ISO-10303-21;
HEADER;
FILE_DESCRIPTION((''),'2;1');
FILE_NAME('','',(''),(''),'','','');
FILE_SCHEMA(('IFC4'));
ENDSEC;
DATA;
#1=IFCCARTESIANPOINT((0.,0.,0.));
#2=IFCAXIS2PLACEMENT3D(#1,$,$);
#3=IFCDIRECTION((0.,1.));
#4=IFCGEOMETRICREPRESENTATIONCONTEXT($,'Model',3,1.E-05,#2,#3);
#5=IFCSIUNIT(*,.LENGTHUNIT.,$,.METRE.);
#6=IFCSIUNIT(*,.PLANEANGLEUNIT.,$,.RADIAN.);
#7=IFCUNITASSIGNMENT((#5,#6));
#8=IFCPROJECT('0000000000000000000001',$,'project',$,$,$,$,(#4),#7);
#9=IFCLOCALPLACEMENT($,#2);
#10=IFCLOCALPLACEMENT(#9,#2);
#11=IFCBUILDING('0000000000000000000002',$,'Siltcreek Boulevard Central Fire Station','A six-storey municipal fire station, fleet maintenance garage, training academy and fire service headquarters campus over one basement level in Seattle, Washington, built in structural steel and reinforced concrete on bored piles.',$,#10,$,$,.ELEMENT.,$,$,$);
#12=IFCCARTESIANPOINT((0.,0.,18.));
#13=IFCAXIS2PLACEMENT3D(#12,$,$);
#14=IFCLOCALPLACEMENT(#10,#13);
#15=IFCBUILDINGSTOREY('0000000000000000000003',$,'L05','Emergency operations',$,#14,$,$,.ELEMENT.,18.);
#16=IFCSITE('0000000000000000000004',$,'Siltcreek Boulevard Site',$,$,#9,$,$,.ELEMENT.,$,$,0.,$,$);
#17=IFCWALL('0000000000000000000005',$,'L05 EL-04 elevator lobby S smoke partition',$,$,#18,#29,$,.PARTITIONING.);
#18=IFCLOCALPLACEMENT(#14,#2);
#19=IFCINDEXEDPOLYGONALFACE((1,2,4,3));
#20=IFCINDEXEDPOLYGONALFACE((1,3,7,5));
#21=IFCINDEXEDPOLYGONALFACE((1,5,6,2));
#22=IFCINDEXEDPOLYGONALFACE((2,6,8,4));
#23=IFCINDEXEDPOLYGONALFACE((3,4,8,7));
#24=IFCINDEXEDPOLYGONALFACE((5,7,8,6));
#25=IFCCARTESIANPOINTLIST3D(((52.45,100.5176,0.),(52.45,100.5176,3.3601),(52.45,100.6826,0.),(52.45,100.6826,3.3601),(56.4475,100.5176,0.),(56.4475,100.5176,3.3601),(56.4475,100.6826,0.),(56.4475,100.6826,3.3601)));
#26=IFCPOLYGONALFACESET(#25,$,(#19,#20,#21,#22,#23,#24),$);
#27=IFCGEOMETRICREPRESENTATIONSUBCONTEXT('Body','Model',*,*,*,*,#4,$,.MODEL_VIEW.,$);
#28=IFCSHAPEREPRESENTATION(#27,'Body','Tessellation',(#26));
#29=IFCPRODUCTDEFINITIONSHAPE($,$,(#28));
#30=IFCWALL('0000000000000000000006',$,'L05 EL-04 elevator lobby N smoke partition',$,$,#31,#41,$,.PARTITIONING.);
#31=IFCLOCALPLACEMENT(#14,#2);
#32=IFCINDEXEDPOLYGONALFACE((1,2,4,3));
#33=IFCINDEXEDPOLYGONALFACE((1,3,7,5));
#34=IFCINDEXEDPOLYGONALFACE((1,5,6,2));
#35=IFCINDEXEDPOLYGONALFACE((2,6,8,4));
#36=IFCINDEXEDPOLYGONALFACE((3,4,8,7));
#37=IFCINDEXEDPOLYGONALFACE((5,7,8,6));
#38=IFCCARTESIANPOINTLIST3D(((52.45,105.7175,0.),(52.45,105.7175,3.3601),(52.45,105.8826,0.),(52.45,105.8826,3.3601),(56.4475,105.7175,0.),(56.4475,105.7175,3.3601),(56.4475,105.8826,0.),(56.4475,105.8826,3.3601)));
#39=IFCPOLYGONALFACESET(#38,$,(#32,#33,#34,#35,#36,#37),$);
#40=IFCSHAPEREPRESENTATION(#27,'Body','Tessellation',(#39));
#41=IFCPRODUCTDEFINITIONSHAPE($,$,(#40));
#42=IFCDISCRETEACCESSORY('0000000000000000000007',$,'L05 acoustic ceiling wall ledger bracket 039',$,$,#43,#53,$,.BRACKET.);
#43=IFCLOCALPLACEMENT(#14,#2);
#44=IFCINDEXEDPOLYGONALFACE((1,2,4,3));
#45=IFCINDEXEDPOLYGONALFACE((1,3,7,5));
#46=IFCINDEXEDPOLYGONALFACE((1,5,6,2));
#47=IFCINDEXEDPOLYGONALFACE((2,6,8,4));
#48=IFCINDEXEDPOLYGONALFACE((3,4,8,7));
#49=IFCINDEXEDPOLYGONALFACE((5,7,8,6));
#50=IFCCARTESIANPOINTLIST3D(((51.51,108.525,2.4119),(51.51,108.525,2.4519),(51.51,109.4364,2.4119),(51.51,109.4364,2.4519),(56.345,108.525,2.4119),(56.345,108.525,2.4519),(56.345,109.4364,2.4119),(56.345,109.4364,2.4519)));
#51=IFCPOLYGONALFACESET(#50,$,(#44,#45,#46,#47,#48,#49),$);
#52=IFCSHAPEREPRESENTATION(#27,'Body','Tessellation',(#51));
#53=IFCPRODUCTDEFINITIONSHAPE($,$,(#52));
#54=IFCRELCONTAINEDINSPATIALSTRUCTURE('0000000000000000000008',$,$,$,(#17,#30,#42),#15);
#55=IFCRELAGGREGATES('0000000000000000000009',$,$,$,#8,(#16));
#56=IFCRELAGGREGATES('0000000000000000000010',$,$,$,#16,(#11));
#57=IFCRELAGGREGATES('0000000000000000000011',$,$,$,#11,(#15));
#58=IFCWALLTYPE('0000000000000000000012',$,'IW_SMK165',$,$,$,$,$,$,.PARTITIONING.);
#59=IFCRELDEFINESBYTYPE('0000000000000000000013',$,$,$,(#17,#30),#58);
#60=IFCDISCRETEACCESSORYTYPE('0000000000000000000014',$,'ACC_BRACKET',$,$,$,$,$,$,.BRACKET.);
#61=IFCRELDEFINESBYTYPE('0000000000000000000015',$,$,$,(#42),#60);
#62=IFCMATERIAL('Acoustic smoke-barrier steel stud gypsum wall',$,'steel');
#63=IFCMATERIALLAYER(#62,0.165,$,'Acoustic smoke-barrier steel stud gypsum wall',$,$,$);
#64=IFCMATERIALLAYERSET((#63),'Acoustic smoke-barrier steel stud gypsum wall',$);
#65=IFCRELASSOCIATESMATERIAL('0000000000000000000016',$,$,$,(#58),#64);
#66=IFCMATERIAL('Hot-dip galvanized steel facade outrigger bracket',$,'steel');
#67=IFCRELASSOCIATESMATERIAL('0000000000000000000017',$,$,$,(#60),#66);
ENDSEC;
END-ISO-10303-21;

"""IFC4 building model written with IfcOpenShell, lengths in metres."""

from ifc_helpers import new_model, si_unit, direction, frame, frame_2d, origin, origin_2d, place, context, subcontext, project, spatial, rectangle, extrude, material, layer, layer_set, type_object, element, save


model = new_model("IFC4")

# Units and contexts
model_context = context("Model", 3, precision=1e-05, world=origin(), true_north=direction((0.0, 1.0)))
body_context = subcontext(model_context, "Body", "Model", "MODEL_VIEW")
ifc_project = project(units=[si_unit("LENGTHUNIT", "METRE"), si_unit("PLANEANGLEUNIT", "RADIAN")], contexts=[model_context])

# Site, building, storey
site_placement = place(None, origin())
site = spatial("IfcSite", under=ifc_project, at=site_placement, Name="Siltcreek Boulevard Site", CompositionType="ELEMENT", RefElevation=0.0)
building_placement = place(site_placement, origin())
building = spatial("IfcBuilding", under=site, at=building_placement, Name="Siltcreek Boulevard Central Fire Station", Description="A six-storey municipal fire station, fleet maintenance garage, training academy and fire service headquarters campus over one basement level in Seattle, Washington, built in structural steel and reinforced concrete on bored piles.", CompositionType="ELEMENT")
storey_placement = place(building_placement, frame((0.0, 0.0, 18.0)))
storey = spatial("IfcBuildingStorey", under=building, at=storey_placement, Name="L05", Description="Emergency operations", CompositionType="ELEMENT", Elevation=18.0)

# Walls
ifc_material_1 = material(Name="Acoustic smoke-barrier steel stud gypsum wall", Category="steel")
ifc_layer_1 = layer(ifc_material_1, 0.165, Name="Acoustic smoke-barrier steel stud gypsum wall")
ifc_layer_set_1 = layer_set([ifc_layer_1], Name="Acoustic smoke-barrier steel stud gypsum wall")
wall_type_1 = type_object("IfcWallType", Name="IW_SMK165", PredefinedType="PARTITIONING", material=ifc_layer_set_1)
for number, where, z_axis, x_axis, name in (
    (1, (52.45, 100.6001, 0.0), (0.0, 0.0, 1.0), (1.0, 0.0, 0.0), "L05 EL-04 elevator lobby S smoke partition"),
    (2, (56.4475, 105.8, 0.0), (0.0, 0.0, 1.0), (-1.0, 0.0, 0.0), "L05 EL-04 elevator lobby N smoke partition"),
):
    element("IfcWall", number, at=place(storey_placement, frame(where, z_axis=z_axis, x_axis=x_axis)), inside=storey, type_object=wall_type_1, Name=name, PredefinedType="PARTITIONING", context=body_context, shape_type="SweptSolid", body=[
        extrude(rectangle(XDim=3.9976, YDim=0.165, at=frame_2d((1.9988, 0.0))), origin(), (0.0, 0.0, 1.0), 3.3601),
    ])

# Discrete accessory
ifc_material_2 = material(Name="Hot-dip galvanized steel facade outrigger bracket", Category="steel")
discrete_accessory_type = type_object("IfcDiscreteAccessoryType", Name="ACC_BRACKET", PredefinedType="BRACKET", material=ifc_material_2)
discrete_accessory_placement = place(storey_placement, frame((53.9275, 108.9807, 2.4119), z_axis=(0.0, 0.0, 1.0), x_axis=(1.0, 0.0, 0.0)))
element("IfcDiscreteAccessory", 3, at=discrete_accessory_placement, inside=storey, type_object=discrete_accessory_type, Name="L05 acoustic ceiling wall ledger bracket 039", PredefinedType="BRACKET", context=body_context, shape_type="SweptSolid", body=[
    extrude(rectangle(XDim=4.835, YDim=0.9114, at=origin_2d()), origin(), (0.0, 0.0, 1.0), 0.04),
])

save(model, "model.ifc")
